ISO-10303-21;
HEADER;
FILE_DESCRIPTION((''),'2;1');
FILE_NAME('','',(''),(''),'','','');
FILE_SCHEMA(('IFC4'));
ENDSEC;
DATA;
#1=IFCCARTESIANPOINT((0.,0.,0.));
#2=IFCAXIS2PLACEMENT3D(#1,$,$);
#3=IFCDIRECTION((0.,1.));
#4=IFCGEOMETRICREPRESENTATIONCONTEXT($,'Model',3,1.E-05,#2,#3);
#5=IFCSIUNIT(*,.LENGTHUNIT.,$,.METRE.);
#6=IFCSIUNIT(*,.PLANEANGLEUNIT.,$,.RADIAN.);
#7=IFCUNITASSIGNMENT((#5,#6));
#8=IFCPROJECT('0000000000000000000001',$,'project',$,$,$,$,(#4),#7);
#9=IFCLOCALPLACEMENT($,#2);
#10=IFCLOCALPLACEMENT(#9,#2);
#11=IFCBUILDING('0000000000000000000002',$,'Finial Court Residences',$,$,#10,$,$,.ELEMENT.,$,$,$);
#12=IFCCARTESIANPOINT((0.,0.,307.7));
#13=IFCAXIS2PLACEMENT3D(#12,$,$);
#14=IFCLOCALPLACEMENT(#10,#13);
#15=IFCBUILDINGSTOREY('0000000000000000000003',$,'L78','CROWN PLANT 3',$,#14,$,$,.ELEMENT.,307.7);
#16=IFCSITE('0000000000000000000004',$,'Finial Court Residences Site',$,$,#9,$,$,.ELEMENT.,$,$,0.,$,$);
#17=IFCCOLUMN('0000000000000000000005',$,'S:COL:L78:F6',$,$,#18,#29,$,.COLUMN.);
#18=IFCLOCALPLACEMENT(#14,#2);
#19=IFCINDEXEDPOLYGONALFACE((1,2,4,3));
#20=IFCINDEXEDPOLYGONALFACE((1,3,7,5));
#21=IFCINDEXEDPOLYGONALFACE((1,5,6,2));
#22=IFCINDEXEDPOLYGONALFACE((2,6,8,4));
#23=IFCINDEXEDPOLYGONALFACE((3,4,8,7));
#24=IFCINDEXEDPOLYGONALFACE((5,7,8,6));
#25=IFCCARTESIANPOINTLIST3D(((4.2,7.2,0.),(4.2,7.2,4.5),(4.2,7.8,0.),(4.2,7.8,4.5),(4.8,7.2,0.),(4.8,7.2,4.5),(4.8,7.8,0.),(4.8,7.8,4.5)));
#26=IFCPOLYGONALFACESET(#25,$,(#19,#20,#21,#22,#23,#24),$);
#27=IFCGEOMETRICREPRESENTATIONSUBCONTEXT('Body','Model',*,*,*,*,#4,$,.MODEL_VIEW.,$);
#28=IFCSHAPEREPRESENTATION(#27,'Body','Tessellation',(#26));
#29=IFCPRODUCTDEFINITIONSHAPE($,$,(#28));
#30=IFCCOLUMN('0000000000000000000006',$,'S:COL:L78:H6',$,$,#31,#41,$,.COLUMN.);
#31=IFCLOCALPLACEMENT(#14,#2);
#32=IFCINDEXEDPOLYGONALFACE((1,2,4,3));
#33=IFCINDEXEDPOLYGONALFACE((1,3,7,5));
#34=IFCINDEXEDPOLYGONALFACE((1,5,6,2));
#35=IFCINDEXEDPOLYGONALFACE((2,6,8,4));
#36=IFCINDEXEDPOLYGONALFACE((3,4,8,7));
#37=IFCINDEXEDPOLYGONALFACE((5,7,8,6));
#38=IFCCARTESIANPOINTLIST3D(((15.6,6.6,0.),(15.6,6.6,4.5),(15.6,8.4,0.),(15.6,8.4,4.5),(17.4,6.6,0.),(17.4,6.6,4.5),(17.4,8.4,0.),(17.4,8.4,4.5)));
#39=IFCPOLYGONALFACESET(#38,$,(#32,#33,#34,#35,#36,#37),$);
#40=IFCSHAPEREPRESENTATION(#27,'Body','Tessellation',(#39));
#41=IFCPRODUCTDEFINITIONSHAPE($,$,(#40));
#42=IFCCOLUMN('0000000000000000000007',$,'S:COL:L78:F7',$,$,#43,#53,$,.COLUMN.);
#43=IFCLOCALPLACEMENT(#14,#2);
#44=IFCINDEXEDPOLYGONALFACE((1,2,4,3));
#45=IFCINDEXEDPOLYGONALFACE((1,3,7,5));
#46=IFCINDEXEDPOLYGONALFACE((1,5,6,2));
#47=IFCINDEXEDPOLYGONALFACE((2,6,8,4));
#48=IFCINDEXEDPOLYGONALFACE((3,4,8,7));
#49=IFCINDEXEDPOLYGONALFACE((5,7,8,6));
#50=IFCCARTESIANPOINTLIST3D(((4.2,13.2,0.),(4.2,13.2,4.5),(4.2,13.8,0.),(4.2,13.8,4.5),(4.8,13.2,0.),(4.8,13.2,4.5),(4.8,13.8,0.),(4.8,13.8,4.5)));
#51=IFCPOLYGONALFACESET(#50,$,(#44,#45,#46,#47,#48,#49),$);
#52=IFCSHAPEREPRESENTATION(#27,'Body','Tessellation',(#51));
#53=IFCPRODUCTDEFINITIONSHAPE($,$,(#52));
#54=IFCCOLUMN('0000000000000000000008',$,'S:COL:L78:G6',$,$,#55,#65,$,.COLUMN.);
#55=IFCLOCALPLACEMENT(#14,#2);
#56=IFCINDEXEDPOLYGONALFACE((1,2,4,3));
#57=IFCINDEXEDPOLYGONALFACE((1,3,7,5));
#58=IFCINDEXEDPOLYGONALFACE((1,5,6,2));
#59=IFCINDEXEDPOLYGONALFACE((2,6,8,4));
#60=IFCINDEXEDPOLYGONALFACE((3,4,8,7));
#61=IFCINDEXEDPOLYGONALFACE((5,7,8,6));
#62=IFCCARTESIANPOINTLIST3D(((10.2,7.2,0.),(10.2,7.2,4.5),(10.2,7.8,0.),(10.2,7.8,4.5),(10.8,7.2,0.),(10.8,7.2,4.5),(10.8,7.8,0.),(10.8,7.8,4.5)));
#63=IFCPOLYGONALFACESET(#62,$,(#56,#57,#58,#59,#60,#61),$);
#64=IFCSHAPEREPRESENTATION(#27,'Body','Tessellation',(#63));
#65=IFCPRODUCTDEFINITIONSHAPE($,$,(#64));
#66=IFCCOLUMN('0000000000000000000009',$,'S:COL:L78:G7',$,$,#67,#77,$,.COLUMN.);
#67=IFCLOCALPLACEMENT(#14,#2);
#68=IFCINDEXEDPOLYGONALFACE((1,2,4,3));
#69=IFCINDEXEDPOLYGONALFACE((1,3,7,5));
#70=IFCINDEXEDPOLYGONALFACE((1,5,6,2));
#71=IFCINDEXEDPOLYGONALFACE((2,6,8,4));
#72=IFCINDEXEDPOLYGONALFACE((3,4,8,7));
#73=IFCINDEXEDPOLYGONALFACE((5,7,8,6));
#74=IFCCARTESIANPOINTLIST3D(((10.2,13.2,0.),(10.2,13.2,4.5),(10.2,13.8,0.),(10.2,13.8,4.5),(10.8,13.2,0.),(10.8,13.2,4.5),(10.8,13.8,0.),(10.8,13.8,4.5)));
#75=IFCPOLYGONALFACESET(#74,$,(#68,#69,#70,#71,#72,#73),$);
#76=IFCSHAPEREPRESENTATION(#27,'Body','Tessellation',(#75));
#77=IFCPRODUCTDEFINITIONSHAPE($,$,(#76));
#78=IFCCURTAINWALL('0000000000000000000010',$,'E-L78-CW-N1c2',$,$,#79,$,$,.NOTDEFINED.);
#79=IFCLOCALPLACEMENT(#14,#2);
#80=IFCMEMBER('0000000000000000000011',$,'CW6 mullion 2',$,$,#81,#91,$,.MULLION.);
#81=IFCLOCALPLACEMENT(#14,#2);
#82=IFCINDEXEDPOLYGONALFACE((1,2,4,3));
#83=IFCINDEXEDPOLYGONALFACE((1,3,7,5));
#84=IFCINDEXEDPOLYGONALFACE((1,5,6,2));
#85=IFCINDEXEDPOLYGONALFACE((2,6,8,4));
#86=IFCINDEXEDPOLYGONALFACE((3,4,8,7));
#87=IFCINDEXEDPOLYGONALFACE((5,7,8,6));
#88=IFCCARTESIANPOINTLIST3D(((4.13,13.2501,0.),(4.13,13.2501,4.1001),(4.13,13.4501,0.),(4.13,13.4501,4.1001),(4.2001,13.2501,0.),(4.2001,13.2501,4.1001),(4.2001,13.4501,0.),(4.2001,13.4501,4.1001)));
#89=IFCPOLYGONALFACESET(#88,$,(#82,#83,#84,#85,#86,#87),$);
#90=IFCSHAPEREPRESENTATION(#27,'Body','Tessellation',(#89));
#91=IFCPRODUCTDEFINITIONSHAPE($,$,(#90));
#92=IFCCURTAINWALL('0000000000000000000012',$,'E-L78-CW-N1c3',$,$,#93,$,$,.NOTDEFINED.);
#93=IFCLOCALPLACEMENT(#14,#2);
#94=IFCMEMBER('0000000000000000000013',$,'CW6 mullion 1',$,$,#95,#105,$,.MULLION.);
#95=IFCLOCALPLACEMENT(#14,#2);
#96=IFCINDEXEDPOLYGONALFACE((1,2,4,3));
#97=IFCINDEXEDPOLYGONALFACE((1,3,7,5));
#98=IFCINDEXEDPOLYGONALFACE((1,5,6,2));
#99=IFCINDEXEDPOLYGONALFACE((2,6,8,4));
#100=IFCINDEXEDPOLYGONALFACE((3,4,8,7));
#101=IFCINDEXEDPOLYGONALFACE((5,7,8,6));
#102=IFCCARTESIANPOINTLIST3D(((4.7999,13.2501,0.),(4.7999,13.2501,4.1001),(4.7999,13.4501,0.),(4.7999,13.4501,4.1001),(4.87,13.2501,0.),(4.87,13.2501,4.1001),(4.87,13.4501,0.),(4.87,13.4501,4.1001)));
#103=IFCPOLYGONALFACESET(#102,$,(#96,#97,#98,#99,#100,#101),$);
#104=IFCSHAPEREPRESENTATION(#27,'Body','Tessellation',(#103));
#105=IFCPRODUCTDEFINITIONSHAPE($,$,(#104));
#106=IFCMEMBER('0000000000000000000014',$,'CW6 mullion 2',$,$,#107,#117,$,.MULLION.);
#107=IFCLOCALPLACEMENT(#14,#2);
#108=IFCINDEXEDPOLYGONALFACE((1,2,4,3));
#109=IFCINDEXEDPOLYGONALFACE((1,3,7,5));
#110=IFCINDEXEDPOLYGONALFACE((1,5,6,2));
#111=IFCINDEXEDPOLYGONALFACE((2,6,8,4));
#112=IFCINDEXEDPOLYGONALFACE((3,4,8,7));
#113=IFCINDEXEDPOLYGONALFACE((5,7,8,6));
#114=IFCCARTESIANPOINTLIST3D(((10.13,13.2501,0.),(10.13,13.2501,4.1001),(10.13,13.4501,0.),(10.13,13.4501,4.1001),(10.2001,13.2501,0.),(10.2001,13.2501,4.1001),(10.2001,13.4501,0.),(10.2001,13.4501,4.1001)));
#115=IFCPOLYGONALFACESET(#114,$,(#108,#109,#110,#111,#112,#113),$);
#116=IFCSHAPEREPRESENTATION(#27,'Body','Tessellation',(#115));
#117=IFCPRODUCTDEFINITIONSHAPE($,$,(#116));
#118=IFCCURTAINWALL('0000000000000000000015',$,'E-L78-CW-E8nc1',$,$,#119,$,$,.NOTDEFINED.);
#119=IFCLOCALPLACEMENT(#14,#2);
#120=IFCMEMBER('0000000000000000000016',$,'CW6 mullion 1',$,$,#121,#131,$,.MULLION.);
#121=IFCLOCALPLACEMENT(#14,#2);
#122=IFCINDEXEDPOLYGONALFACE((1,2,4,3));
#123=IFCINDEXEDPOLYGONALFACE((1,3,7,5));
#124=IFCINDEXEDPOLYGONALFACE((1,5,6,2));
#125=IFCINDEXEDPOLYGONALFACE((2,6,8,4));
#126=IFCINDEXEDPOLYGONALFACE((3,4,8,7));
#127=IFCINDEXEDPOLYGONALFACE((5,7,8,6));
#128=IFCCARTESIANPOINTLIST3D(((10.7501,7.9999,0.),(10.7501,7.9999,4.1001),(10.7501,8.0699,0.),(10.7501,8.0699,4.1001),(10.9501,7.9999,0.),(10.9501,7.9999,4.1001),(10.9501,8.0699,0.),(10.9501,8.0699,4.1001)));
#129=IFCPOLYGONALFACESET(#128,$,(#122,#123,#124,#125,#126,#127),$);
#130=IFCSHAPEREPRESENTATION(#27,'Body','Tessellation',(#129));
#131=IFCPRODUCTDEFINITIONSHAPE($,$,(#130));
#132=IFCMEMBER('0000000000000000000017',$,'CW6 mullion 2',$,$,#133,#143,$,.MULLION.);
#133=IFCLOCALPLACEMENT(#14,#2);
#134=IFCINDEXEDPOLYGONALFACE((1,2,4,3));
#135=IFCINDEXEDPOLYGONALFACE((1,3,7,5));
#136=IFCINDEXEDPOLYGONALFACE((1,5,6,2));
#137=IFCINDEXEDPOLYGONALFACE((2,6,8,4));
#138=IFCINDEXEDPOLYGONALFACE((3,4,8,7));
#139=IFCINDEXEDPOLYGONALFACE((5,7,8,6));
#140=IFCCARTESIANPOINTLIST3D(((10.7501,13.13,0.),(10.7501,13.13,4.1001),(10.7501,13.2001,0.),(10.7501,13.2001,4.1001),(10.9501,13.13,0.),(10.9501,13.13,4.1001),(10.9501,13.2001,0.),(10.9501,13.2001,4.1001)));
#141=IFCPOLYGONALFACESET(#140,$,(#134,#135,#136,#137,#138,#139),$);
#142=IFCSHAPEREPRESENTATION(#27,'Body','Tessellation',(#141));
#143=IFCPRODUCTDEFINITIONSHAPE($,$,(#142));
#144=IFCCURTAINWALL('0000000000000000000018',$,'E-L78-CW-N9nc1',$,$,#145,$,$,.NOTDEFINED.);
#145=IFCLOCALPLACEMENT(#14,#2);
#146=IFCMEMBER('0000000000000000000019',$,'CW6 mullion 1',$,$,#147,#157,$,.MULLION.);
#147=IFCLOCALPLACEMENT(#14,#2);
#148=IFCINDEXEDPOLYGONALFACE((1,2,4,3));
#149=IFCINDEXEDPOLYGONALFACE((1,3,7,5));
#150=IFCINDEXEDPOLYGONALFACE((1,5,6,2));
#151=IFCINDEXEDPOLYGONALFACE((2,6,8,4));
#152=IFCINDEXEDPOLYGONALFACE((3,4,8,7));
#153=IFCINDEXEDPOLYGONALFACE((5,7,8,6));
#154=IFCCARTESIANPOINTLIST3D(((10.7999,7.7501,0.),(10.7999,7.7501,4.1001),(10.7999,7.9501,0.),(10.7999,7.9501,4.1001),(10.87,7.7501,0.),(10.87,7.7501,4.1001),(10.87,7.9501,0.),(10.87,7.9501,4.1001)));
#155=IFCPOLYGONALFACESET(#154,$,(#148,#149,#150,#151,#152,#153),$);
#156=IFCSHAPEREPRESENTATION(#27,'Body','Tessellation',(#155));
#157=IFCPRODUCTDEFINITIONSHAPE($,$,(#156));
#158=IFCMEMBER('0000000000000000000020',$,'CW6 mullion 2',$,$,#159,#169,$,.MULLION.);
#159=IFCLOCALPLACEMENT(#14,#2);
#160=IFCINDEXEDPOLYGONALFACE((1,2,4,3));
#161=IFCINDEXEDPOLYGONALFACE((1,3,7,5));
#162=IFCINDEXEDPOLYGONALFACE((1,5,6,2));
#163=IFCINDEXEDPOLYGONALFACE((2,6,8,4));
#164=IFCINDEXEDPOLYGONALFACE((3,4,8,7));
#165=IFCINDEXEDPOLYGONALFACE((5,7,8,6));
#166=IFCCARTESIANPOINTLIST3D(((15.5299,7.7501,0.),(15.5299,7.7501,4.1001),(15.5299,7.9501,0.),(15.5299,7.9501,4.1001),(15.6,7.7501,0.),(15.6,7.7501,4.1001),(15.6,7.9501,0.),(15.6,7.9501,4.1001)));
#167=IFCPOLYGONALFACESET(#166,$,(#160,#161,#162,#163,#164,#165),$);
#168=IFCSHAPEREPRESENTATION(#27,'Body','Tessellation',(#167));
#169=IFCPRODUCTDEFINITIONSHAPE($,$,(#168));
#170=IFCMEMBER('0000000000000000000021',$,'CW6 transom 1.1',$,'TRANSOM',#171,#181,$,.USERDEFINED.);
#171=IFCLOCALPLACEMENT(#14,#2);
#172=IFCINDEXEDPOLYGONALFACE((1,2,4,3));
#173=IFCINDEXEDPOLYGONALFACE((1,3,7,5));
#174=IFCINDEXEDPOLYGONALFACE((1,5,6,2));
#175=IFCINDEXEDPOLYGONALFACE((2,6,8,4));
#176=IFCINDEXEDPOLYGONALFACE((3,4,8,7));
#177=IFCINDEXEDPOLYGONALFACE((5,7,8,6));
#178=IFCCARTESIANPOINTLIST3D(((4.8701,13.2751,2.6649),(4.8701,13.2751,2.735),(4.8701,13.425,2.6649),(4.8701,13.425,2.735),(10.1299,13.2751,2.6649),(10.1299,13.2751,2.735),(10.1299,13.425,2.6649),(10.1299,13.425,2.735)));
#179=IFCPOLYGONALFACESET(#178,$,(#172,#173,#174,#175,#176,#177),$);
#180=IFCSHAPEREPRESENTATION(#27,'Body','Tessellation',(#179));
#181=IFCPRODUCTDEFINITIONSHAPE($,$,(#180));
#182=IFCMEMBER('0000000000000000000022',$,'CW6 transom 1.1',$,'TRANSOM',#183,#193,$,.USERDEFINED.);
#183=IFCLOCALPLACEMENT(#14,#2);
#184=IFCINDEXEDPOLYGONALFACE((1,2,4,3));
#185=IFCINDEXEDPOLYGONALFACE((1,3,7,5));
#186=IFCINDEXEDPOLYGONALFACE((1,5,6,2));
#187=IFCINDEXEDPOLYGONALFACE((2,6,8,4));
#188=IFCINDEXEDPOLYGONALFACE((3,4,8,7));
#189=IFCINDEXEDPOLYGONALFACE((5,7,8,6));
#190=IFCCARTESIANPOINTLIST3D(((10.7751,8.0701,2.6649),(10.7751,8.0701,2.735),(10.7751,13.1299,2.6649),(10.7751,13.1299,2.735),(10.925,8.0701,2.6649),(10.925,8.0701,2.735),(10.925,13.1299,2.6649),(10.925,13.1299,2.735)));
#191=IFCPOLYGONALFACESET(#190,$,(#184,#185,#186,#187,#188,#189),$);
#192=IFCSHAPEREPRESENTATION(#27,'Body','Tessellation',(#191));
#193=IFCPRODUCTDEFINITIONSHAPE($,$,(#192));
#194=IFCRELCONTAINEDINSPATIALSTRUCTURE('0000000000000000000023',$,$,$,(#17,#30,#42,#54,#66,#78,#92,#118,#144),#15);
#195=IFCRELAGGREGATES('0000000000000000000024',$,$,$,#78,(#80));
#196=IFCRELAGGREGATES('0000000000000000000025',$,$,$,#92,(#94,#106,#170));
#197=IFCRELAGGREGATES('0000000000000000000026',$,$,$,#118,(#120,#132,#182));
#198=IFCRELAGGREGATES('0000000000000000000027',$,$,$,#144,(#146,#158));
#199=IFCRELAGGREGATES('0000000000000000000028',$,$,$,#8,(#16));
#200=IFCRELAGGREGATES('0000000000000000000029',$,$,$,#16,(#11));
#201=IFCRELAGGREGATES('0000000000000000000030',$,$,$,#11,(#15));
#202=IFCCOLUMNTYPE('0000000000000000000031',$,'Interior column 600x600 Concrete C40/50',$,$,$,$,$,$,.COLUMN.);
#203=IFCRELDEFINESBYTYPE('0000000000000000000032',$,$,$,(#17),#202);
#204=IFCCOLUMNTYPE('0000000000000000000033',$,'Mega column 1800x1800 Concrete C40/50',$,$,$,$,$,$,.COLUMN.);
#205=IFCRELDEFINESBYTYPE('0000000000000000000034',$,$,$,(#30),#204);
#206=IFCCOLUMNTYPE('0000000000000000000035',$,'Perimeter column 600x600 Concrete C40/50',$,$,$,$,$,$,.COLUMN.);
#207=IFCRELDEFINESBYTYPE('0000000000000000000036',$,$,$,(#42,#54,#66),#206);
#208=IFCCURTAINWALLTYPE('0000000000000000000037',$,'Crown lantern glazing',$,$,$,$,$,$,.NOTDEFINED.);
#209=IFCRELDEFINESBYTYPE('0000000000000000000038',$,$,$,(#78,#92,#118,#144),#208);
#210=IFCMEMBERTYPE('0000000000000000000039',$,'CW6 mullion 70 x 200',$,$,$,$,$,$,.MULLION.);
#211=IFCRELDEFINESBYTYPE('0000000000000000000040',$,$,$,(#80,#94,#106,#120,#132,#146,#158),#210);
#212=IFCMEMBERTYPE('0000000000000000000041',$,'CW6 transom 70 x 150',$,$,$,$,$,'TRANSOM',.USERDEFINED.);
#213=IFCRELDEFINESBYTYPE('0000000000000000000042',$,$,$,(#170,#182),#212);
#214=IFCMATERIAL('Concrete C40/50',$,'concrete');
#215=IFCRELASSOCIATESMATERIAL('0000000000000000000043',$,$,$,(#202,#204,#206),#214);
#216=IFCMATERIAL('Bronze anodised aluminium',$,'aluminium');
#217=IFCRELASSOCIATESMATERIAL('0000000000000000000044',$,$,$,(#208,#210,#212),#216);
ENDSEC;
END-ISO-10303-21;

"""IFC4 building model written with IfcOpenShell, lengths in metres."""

from ifc_helpers import new_model, si_unit, direction, frame, origin, origin_2d, place, context, subcontext, project, spatial, rectangle, extrude, material, material_profile, profile_set, type_object, element, aggregate, save


model = new_model("IFC4")

# Units and contexts
model_context = context("Model", 3, precision=1e-05, world=origin(), true_north=direction((0.0, 1.0)))
body_context = subcontext(model_context, "Body", "Model", "MODEL_VIEW")
ifc_project = project(units=[si_unit("LENGTHUNIT", "METRE"), si_unit("PLANEANGLEUNIT", "RADIAN")], contexts=[model_context])

# Site, building, storey
site_placement = place(None, origin())
site = spatial("IfcSite", under=ifc_project, at=site_placement, Name="Finial Court Residences Site", CompositionType="ELEMENT", RefElevation=0.0)
building_placement = place(site_placement, origin())
building = spatial("IfcBuilding", under=site, at=building_placement, Name="Finial Court Residences", CompositionType="ELEMENT")
storey_placement = place(building_placement, frame((0.0, 0.0, 307.7)))
storey = spatial("IfcBuildingStorey", under=building, at=storey_placement, Name="L78", Description="CROWN PLANT 3", CompositionType="ELEMENT", Elevation=307.7)

# Columns
ifc_material_1 = material(Name="Concrete C40/50", Category="concrete")
ifc_material_profile_1 = material_profile(ifc_material_1, rectangle(XDim=0.6001, YDim=0.6001, at=origin_2d()), Name="600x600")
ifc_profile_set_1 = profile_set([ifc_material_profile_1], Name="Concrete C40/50")
column_type_1 = type_object("IfcColumnType", Name="Interior column 600x600 Concrete C40/50", PredefinedType="COLUMN", material=ifc_profile_set_1)
column_1_placement = place(storey_placement, frame((4.5, 7.5, 0.0), z_axis=(0.0, 0.0, 1.0), x_axis=(1.0, 0.0, 0.0)))
element("IfcColumn", 1, at=column_1_placement, inside=storey, type_object=column_type_1, Name="S:COL:L78:F6", PredefinedType="COLUMN", context=body_context, shape_type="SweptSolid", body=[
    extrude(rectangle(XDim=0.6001, YDim=0.6001, at=origin_2d()), origin(), (0.0, 0.0, 1.0), 4.5),
])
ifc_material_profile_2 = material_profile(ifc_material_1, rectangle(XDim=1.8, YDim=1.8, at=origin_2d()), Name="1800x1800")
ifc_profile_set_2 = profile_set([ifc_material_profile_2], Name="Concrete C40/50")
column_type_2 = type_object("IfcColumnType", Name="Mega column 1800x1800 Concrete C40/50", PredefinedType="COLUMN", material=ifc_profile_set_2)
column_2_placement = place(storey_placement, frame((16.5, 7.5, 0.0), z_axis=(0.0, 0.0, 1.0), x_axis=(1.0, 0.0, 0.0)))
element("IfcColumn", 2, at=column_2_placement, inside=storey, type_object=column_type_2, Name="S:COL:L78:H6", PredefinedType="COLUMN", context=body_context, shape_type="SweptSolid", body=[
    extrude(rectangle(XDim=1.8, YDim=1.8, at=origin_2d()), origin(), (0.0, 0.0, 1.0), 4.5),
])
ifc_material_profile_3 = material_profile(ifc_material_1, rectangle(XDim=0.6001, YDim=0.6001, at=origin_2d()), Name="600x600")
ifc_profile_set_3 = profile_set([ifc_material_profile_3], Name="Concrete C40/50")
column_type_3 = type_object("IfcColumnType", Name="Perimeter column 600x600 Concrete C40/50", PredefinedType="COLUMN", material=ifc_profile_set_3)
for number, where, z_axis, x_axis, name in (
    (3, (4.5, 13.5, 0.0), (0.0, 0.0, 1.0), (1.0, 0.0, 0.0), "S:COL:L78:F7"),
    (4, (10.5, 7.5, 0.0), (0.0, 0.0, 1.0), (1.0, 0.0, 0.0), "S:COL:L78:G6"),
    (5, (10.5, 13.5, 0.0), (0.0, 0.0, 1.0), (1.0, 0.0, 0.0), "S:COL:L78:G7"),
):
    element("IfcColumn", number, at=place(storey_placement, frame(where, z_axis=z_axis, x_axis=x_axis)), inside=storey, type_object=column_type_3, Name=name, PredefinedType="COLUMN", context=body_context, shape_type="SweptSolid", body=[
        extrude(rectangle(XDim=0.6001, YDim=0.6001, at=origin_2d()), origin(), (0.0, 0.0, 1.0), 4.5),
    ])

# Curtain wall, member
ifc_material_2 = material(Name="Bronze anodised aluminium", Category="aluminium")
curtain_wall_type = type_object("IfcCurtainWallType", Name="Crown lantern glazing", PredefinedType="NOTDEFINED", material=ifc_material_2)
curtain_wall_1_placement = place(storey_placement, origin())
curtain_wall_1 = element("IfcCurtainWall", 6, at=curtain_wall_1_placement, inside=storey, type_object=curtain_wall_type, Name="E-L78-CW-N1c2", PredefinedType="NOTDEFINED")
ifc_material_profile_4 = material_profile(ifc_material_2, rectangle(XDim=0.2, YDim=0.0701, at=origin_2d()), Name="CW6 mullion 70 x 200")
ifc_profile_set_4 = profile_set([ifc_material_profile_4], Name="Bronze anodised aluminium")
member_type_1 = type_object("IfcMemberType", Name="CW6 mullion 70 x 200", PredefinedType="MULLION", material=ifc_profile_set_4)
member_1_placement = place(storey_placement, frame((4.165, 13.3501, 0.0), z_axis=(0.0, 0.0, 1.0), x_axis=(0.0, 1.0, 0.0)))
member_1 = element("IfcMember", 7, at=member_1_placement, type_object=member_type_1, Name="CW6 mullion 2", PredefinedType="MULLION", context=body_context, shape_type="SweptSolid", body=[
    extrude(rectangle(XDim=0.2, YDim=0.0701, at=origin_2d()), origin(), (0.0, 0.0, 1.0), 4.1001),
])

# Curtain walls, members
curtain_wall_2_placement = place(storey_placement, origin())
curtain_wall_2 = element("IfcCurtainWall", 8, at=curtain_wall_2_placement, inside=storey, type_object=curtain_wall_type, Name="E-L78-CW-N1c3", PredefinedType="NOTDEFINED")
member_2_placement = place(storey_placement, frame((4.835, 13.3501, 0.0), z_axis=(0.0, 0.0, 1.0), x_axis=(0.0, 1.0, 0.0)))
member_2 = element("IfcMember", 9, at=member_2_placement, type_object=member_type_1, Name="CW6 mullion 1", PredefinedType="MULLION", context=body_context, shape_type="SweptSolid", body=[
    extrude(rectangle(XDim=0.2, YDim=0.0701, at=origin_2d()), origin(), (0.0, 0.0, 1.0), 4.1001),
])
member_3_placement = place(storey_placement, frame((10.165, 13.3501, 0.0), z_axis=(0.0, 0.0, 1.0), x_axis=(0.0, 1.0, 0.0)))
member_3 = element("IfcMember", 10, at=member_3_placement, type_object=member_type_1, Name="CW6 mullion 2", PredefinedType="MULLION", context=body_context, shape_type="SweptSolid", body=[
    extrude(rectangle(XDim=0.2, YDim=0.0701, at=origin_2d()), origin(), (0.0, 0.0, 1.0), 4.1001),
])
curtain_wall_3_placement = place(storey_placement, origin())
curtain_wall_3 = element("IfcCurtainWall", 11, at=curtain_wall_3_placement, inside=storey, type_object=curtain_wall_type, Name="E-L78-CW-E8nc1", PredefinedType="NOTDEFINED")
member_4_placement = place(storey_placement, frame((10.8501, 8.0349, 0.0), z_axis=(0.0, 0.0, 1.0), x_axis=(-1.0, 0.0, 0.0)))
member_4 = element("IfcMember", 12, at=member_4_placement, type_object=member_type_1, Name="CW6 mullion 1", PredefinedType="MULLION", context=body_context, shape_type="SweptSolid", body=[
    extrude(rectangle(XDim=0.2, YDim=0.0701, at=origin_2d()), origin(), (0.0, 0.0, 1.0), 4.1001),
])
member_5_placement = place(storey_placement, frame((10.8501, 13.165, 0.0), z_axis=(0.0, 0.0, 1.0), x_axis=(-1.0, 0.0, 0.0)))
member_5 = element("IfcMember", 13, at=member_5_placement, type_object=member_type_1, Name="CW6 mullion 2", PredefinedType="MULLION", context=body_context, shape_type="SweptSolid", body=[
    extrude(rectangle(XDim=0.2, YDim=0.0701, at=origin_2d()), origin(), (0.0, 0.0, 1.0), 4.1001),
])
curtain_wall_4_placement = place(storey_placement, origin())
curtain_wall_4 = element("IfcCurtainWall", 14, at=curtain_wall_4_placement, inside=storey, type_object=curtain_wall_type, Name="E-L78-CW-N9nc1", PredefinedType="NOTDEFINED")
member_6_placement = place(storey_placement, frame((10.835, 7.8501, 0.0), z_axis=(0.0, 0.0, 1.0), x_axis=(0.0, 1.0, 0.0)))
member_6 = element("IfcMember", 15, at=member_6_placement, type_object=member_type_1, Name="CW6 mullion 1", PredefinedType="MULLION", context=body_context, shape_type="SweptSolid", body=[
    extrude(rectangle(XDim=0.2, YDim=0.0701, at=origin_2d()), origin(), (0.0, 0.0, 1.0), 4.1001),
])
member_7_placement = place(storey_placement, frame((15.5649, 7.8501, 0.0), z_axis=(0.0, 0.0, 1.0), x_axis=(0.0, 1.0, 0.0)))
member_7 = element("IfcMember", 16, at=member_7_placement, type_object=member_type_1, Name="CW6 mullion 2", PredefinedType="MULLION", context=body_context, shape_type="SweptSolid", body=[
    extrude(rectangle(XDim=0.2, YDim=0.0701, at=origin_2d()), origin(), (0.0, 0.0, 1.0), 4.1001),
])

# Members
ifc_material_profile_5 = material_profile(ifc_material_2, rectangle(XDim=0.1499, YDim=0.0701, at=origin_2d()), Name="CW6 transom 70 x 150")
ifc_profile_set_5 = profile_set([ifc_material_profile_5], Name="Bronze anodised aluminium")
member_type_2 = type_object("IfcMemberType", Name="CW6 transom 70 x 150", ElementType="TRANSOM", PredefinedType="USERDEFINED", material=ifc_profile_set_5)
member_8_placement = place(storey_placement, frame((4.8701, 13.3501, 2.7), z_axis=(1.0, 0.0, 0.0), x_axis=(0.0, 1.0, 0.0)))
member_8 = element("IfcMember", 17, at=member_8_placement, type_object=member_type_2, Name="CW6 transom 1.1", ObjectType="TRANSOM", PredefinedType="USERDEFINED", context=body_context, shape_type="SweptSolid", body=[
    extrude(rectangle(XDim=0.1499, YDim=0.0701, at=origin_2d()), origin(), (0.0, 0.0, 1.0), 5.2598),
])
member_9_placement = place(storey_placement, frame((10.8501, 8.0701, 2.7), z_axis=(0.0, 1.0, 0.0), x_axis=(-1.0, 0.0, 0.0)))
member_9 = element("IfcMember", 18, at=member_9_placement, type_object=member_type_2, Name="CW6 transom 1.1", ObjectType="TRANSOM", PredefinedType="USERDEFINED", context=body_context, shape_type="SweptSolid", body=[
    extrude(rectangle(XDim=0.1499, YDim=0.0701, at=origin_2d()), origin(), (0.0, 0.0, 1.0), 5.0598),
])

aggregate(curtain_wall_1, [member_1])
aggregate(curtain_wall_2, [member_2, member_3, member_8])
aggregate(curtain_wall_3, [member_4, member_5, member_9])
aggregate(curtain_wall_4, [member_6, member_7])

save(model, "model.ifc")
